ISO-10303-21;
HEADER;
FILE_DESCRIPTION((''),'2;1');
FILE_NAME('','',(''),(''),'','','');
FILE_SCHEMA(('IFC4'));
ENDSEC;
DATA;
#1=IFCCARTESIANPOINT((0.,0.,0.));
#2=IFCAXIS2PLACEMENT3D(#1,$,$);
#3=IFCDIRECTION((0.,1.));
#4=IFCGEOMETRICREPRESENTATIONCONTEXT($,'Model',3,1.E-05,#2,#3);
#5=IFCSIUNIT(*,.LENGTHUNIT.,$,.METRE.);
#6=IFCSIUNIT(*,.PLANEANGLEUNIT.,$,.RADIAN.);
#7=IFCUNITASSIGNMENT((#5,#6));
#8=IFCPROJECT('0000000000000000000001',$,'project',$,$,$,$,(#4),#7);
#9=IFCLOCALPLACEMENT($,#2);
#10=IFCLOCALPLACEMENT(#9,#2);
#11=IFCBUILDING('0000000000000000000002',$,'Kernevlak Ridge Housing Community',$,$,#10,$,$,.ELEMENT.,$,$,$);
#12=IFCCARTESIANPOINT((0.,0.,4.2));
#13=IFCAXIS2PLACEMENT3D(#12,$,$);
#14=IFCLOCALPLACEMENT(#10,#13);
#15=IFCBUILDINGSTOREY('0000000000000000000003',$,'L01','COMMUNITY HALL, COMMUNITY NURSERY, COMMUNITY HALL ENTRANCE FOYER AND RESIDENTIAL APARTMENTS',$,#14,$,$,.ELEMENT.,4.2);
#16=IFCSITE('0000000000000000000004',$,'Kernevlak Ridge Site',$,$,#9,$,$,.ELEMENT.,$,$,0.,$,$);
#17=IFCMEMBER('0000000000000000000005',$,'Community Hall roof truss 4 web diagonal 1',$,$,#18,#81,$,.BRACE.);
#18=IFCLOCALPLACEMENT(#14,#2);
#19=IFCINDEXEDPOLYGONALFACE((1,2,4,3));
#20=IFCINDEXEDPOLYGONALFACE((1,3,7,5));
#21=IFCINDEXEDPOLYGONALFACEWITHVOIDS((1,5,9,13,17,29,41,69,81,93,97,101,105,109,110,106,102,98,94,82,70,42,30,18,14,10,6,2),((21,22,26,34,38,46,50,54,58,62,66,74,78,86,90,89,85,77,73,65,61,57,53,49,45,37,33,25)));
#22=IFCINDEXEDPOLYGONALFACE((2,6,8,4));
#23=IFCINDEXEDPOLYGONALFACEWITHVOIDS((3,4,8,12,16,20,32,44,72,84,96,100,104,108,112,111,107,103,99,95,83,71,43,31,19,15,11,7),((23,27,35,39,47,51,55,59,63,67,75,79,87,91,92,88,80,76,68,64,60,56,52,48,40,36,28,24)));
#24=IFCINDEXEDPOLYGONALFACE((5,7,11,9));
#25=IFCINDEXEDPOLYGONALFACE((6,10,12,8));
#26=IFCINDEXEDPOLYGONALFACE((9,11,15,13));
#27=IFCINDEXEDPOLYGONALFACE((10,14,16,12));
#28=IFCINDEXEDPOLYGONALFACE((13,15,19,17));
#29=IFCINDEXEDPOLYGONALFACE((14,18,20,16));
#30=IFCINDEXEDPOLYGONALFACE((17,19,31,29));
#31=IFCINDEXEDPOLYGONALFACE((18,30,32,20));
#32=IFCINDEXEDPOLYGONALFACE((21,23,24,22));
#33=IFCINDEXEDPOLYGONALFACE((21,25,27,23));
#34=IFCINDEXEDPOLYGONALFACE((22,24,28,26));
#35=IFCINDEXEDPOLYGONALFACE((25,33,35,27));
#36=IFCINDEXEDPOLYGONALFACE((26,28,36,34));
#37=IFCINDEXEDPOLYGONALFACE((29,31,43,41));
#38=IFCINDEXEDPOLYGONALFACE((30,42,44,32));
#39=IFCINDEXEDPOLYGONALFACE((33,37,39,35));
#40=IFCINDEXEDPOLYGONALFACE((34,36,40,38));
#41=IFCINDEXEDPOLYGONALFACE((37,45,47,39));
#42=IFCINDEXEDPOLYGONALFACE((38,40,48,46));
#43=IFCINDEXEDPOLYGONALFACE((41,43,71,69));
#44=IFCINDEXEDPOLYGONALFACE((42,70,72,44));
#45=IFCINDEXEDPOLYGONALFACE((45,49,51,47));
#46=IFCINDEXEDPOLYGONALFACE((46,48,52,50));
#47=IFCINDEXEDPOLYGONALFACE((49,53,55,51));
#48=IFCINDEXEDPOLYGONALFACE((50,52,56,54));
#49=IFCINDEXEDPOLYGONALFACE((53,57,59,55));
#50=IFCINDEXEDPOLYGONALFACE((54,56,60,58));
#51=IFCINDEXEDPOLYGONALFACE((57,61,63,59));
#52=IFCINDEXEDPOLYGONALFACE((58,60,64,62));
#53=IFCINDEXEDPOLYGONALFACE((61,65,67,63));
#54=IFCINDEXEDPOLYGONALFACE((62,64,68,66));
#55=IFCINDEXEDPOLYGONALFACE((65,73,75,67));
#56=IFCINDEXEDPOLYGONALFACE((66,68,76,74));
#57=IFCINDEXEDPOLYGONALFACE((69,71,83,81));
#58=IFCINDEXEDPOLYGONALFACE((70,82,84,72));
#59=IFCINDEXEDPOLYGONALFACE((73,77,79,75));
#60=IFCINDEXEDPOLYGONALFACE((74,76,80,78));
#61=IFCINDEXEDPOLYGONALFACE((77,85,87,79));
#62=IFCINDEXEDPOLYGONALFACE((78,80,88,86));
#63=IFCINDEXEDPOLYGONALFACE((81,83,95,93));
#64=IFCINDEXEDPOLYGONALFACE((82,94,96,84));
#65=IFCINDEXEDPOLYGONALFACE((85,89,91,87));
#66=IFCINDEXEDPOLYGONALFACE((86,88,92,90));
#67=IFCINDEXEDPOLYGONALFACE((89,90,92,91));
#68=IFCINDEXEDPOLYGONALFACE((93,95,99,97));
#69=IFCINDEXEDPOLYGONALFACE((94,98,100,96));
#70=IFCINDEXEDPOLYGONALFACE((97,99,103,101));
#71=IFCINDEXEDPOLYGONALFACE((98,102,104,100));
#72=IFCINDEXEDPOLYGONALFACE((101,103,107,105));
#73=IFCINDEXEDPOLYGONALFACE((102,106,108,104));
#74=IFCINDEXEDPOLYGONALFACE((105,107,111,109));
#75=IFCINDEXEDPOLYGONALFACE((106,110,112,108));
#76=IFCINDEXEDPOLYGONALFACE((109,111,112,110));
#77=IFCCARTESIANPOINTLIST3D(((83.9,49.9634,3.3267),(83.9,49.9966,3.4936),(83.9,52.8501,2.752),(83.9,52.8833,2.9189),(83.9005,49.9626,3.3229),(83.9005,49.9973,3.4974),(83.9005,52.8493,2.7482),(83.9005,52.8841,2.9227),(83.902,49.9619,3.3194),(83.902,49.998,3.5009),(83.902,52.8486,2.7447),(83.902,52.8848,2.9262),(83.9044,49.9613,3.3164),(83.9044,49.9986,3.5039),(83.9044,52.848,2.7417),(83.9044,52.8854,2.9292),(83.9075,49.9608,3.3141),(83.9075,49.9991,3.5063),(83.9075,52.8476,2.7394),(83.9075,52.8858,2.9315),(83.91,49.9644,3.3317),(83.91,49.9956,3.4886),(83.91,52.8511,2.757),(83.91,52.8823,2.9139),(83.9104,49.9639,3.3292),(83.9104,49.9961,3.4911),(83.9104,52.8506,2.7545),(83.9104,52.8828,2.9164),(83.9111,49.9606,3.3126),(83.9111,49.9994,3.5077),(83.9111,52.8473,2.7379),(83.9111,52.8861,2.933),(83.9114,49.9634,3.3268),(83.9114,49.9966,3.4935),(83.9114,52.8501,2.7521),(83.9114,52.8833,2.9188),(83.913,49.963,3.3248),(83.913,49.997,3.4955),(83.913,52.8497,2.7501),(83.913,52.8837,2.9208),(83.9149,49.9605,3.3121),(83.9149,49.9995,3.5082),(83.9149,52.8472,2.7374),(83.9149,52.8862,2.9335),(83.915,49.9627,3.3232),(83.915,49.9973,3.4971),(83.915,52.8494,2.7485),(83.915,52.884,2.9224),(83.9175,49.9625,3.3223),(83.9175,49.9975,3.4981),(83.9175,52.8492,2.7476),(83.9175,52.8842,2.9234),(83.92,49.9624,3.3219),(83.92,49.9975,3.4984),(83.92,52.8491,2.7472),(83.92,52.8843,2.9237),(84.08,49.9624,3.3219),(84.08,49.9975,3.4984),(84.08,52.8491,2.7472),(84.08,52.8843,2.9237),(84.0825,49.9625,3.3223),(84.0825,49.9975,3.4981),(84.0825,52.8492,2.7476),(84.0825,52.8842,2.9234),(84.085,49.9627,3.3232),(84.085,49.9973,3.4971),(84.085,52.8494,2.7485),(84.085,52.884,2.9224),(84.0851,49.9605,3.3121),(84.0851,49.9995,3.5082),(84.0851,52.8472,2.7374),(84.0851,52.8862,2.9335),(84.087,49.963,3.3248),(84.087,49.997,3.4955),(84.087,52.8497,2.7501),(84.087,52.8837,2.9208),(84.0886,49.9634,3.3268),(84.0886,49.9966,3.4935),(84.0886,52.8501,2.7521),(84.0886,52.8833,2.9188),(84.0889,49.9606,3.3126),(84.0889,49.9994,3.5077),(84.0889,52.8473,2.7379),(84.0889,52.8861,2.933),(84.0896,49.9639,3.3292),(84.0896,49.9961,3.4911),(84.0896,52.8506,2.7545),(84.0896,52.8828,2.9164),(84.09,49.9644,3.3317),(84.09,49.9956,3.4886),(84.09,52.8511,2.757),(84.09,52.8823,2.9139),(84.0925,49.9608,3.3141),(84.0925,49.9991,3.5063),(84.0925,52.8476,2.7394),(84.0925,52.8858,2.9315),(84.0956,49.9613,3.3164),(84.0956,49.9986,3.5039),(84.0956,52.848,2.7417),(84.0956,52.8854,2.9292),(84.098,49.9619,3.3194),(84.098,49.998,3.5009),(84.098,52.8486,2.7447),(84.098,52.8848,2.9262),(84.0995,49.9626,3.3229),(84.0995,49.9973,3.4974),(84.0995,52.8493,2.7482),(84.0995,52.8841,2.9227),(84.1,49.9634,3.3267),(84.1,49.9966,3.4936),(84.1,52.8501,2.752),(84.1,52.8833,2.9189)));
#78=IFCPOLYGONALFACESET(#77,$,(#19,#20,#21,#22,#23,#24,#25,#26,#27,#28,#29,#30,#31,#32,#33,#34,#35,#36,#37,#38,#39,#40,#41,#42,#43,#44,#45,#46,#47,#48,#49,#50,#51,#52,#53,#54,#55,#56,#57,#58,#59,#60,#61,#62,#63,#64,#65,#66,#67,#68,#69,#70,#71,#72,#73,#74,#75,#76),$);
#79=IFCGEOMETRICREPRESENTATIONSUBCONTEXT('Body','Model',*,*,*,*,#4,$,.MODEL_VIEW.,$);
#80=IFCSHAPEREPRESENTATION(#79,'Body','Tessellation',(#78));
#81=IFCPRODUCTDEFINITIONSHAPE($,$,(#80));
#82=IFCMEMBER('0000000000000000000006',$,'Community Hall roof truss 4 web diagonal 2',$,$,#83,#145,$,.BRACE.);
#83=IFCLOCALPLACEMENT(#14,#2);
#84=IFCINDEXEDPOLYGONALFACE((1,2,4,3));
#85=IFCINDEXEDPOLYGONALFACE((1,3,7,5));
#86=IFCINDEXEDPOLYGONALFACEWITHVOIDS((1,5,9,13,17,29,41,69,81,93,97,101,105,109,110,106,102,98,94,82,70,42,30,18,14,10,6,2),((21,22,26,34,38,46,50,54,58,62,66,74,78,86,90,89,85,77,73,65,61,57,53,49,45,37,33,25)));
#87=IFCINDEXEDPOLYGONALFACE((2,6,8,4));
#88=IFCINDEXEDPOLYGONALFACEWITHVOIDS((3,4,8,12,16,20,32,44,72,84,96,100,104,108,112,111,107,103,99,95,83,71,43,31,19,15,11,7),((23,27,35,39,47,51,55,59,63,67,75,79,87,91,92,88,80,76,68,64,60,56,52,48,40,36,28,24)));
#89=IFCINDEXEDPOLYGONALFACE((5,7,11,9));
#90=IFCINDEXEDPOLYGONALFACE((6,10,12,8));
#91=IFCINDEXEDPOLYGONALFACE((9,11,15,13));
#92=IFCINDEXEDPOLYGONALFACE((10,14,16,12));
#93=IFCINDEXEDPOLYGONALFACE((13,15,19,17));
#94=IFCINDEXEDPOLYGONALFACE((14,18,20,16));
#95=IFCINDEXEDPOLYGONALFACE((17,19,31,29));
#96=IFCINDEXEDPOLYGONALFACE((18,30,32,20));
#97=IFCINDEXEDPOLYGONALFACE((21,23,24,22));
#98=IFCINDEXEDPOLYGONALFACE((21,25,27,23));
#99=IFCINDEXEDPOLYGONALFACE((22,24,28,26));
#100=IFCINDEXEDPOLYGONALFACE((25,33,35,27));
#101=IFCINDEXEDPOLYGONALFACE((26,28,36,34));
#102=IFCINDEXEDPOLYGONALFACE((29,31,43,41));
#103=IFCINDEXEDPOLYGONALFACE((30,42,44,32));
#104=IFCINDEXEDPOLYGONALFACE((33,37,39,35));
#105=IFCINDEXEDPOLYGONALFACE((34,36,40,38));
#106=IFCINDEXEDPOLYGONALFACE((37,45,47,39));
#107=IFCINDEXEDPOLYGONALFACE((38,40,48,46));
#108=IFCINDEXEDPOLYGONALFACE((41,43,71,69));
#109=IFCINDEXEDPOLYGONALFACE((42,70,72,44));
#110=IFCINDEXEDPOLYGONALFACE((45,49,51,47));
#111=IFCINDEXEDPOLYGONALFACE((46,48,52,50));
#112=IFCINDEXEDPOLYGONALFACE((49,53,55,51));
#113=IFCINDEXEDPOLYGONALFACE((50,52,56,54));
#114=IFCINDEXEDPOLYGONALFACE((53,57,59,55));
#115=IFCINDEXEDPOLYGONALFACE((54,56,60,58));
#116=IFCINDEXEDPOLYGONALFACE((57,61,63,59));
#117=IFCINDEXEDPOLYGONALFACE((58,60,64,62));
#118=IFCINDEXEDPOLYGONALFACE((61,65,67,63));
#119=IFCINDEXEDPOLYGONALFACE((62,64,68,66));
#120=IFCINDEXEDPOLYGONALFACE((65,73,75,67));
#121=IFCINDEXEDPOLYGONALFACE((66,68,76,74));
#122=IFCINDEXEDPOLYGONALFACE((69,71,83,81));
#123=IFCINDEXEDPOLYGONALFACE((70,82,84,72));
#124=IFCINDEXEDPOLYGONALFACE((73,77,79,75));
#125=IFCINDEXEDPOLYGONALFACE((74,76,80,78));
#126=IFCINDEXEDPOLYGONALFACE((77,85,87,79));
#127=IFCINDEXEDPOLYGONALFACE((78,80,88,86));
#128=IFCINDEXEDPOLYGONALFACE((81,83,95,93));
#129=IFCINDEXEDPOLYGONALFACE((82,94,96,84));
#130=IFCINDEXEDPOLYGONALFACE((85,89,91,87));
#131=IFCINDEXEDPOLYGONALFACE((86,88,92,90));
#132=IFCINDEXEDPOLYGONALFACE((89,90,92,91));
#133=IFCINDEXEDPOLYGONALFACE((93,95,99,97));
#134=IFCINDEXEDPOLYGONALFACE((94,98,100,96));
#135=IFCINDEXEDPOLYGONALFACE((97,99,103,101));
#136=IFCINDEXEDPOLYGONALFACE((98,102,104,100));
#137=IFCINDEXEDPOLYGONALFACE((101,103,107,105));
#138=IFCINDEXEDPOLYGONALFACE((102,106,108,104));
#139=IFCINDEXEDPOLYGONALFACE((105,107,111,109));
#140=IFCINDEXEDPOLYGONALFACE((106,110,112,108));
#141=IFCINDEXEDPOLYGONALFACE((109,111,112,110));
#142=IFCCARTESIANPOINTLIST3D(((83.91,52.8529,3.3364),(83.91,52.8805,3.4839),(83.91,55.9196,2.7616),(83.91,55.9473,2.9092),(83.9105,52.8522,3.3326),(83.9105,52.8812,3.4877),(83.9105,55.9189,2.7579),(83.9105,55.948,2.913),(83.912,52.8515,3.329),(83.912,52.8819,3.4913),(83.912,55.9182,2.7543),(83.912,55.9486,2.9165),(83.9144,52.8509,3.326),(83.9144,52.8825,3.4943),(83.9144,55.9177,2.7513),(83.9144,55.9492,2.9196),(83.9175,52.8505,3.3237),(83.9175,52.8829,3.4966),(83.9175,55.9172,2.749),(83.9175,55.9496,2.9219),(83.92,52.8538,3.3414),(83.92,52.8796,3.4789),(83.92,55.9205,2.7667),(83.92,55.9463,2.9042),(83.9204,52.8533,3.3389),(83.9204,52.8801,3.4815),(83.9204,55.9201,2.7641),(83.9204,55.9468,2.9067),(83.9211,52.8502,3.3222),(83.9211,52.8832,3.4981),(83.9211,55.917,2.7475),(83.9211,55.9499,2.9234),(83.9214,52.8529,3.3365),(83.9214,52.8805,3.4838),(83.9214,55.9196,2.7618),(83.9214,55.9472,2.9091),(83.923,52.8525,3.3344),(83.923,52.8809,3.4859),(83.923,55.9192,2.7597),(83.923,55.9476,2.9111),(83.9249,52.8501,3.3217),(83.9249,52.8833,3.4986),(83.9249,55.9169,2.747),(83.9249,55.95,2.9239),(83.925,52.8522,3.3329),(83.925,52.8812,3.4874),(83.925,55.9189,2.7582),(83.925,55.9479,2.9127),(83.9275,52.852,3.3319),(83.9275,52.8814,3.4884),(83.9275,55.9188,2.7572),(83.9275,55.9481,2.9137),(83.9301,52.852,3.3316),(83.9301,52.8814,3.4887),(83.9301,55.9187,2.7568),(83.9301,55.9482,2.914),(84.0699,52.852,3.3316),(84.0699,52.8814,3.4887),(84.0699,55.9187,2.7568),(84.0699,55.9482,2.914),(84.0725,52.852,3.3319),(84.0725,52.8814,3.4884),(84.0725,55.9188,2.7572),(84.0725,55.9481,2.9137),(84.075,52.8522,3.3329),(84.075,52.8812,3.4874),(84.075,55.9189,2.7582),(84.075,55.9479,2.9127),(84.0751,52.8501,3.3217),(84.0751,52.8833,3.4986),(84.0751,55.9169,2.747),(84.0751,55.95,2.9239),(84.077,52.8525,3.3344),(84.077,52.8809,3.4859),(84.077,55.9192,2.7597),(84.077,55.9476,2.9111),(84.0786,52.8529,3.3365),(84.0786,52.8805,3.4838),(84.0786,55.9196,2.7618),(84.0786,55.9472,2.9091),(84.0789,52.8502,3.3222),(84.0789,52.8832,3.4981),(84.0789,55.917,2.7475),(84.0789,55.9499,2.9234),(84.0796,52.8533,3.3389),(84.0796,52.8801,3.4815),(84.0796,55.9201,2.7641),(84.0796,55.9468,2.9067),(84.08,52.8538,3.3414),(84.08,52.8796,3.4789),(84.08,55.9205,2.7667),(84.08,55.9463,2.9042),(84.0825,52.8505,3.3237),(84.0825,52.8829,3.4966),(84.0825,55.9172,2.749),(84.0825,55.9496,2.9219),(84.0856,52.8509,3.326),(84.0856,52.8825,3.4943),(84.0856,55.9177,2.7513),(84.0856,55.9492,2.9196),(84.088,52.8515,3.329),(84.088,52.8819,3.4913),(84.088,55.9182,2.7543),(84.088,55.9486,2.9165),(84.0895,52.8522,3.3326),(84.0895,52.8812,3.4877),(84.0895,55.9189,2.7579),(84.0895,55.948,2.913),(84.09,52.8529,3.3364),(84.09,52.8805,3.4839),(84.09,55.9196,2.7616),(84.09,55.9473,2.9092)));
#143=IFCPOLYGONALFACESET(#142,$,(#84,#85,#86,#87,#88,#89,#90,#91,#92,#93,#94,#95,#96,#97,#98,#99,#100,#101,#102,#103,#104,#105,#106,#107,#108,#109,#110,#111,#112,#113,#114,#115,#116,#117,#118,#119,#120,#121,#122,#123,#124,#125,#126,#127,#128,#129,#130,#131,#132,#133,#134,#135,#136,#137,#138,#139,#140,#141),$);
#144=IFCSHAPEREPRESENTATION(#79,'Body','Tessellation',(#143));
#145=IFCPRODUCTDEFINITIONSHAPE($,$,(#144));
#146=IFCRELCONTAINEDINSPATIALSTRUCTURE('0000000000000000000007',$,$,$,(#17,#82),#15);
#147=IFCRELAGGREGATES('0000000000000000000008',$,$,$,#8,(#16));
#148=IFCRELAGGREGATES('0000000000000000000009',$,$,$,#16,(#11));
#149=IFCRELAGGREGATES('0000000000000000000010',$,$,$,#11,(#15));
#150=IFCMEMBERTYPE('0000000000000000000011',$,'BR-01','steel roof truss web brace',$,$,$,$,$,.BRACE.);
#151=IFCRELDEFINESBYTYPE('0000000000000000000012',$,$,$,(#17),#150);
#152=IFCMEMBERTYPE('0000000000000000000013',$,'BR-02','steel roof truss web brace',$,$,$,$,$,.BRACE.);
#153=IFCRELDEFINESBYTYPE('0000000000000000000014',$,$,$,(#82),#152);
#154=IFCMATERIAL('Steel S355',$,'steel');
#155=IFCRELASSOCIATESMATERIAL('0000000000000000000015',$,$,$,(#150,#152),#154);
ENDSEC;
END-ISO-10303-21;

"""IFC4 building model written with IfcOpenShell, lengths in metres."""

from ifc_helpers import new_model, si_unit, direction, frame, origin, origin_2d, place, context, subcontext, project, spatial, hollow_rectangle, extrude, material, material_profile, profile_set, type_object, element, save


model = new_model("IFC4")

# Units and contexts
model_context = context("Model", 3, precision=1e-05, world=origin(), true_north=direction((0.0, 1.0)))
body_context = subcontext(model_context, "Body", "Model", "MODEL_VIEW")
ifc_project = project(units=[si_unit("LENGTHUNIT", "METRE"), si_unit("PLANEANGLEUNIT", "RADIAN")], contexts=[model_context])

# Site, building, storey
site_placement = place(None, origin())
site = spatial("IfcSite", under=ifc_project, at=site_placement, Name="Kernevlak Ridge Site", CompositionType="ELEMENT", RefElevation=0.0)
building_placement = place(site_placement, origin())
building = spatial("IfcBuilding", under=site, at=building_placement, Name="Kernevlak Ridge Housing Community", CompositionType="ELEMENT")
storey_placement = place(building_placement, frame((0.0, 0.0, 4.2)))
storey = spatial("IfcBuildingStorey", under=building, at=storey_placement, Name="L01", Description="COMMUNITY HALL, COMMUNITY NURSERY, COMMUNITY HALL ENTRANCE FOYER AND RESIDENTIAL APARTMENTS", CompositionType="ELEMENT", Elevation=4.2)

# Members
ifc_material = material(Name="Steel S355", Category="steel")
ifc_material_profile_1 = material_profile(ifc_material, hollow_rectangle(XDim=0.2, YDim=0.2, WallThickness=0.01, InnerFilletRadius=0.01, OuterFilletRadius=0.0149, at=origin_2d()), Name="SHS 200x200x10")
ifc_profile_set_1 = profile_set([ifc_material_profile_1], Name="Steel S355")
member_type_1 = type_object("IfcMemberType", Name="BR-01", Description="steel roof truss web brace", PredefinedType="BRACE", material=ifc_profile_set_1)
member_1_placement = place(storey_placement, frame((84.0, 49.98, 3.4102), z_axis=(0.0, 0.980753, -0.195255), x_axis=(-1.0, 0.0, 0.0)))
element("IfcMember", 1, at=member_1_placement, inside=storey, type_object=member_type_1, Name="Community Hall roof truss 4 web diagonal 1", PredefinedType="BRACE", context=body_context, shape_type="SweptSolid", body=[
    extrude(hollow_rectangle(XDim=0.2, YDim=0.2, WallThickness=0.01, InnerFilletRadius=0.01, OuterFilletRadius=0.0149, at=origin_2d()), origin(), (0.0, 0.0, 1.0), 2.9434),
])
ifc_material_profile_2 = material_profile(ifc_material, hollow_rectangle(XDim=0.1799, YDim=0.1799, WallThickness=0.01, InnerFilletRadius=0.01, OuterFilletRadius=0.0149, at=origin_2d()), Name="SHS 180x180x10")
ifc_profile_set_2 = profile_set([ifc_material_profile_2], Name="Steel S355")
member_type_2 = type_object("IfcMemberType", Name="BR-02", Description="steel roof truss web brace", PredefinedType="BRACE", material=ifc_profile_set_2)
member_2_placement = place(storey_placement, frame((84.0, 52.8667, 3.4102), z_axis=(0.0, 0.982889, -0.184199), x_axis=(-1.0, 0.0, 0.0)))
element("IfcMember", 2, at=member_2_placement, inside=storey, type_object=member_type_2, Name="Community Hall roof truss 4 web diagonal 2", PredefinedType="BRACE", context=body_context, shape_type="SweptSolid", body=[
    extrude(hollow_rectangle(XDim=0.1799, YDim=0.1799, WallThickness=0.01, InnerFilletRadius=0.01, OuterFilletRadius=0.0149, at=origin_2d()), origin(), (0.0, 0.0, 1.0), 3.1201),
])

save(model, "model.ifc")
